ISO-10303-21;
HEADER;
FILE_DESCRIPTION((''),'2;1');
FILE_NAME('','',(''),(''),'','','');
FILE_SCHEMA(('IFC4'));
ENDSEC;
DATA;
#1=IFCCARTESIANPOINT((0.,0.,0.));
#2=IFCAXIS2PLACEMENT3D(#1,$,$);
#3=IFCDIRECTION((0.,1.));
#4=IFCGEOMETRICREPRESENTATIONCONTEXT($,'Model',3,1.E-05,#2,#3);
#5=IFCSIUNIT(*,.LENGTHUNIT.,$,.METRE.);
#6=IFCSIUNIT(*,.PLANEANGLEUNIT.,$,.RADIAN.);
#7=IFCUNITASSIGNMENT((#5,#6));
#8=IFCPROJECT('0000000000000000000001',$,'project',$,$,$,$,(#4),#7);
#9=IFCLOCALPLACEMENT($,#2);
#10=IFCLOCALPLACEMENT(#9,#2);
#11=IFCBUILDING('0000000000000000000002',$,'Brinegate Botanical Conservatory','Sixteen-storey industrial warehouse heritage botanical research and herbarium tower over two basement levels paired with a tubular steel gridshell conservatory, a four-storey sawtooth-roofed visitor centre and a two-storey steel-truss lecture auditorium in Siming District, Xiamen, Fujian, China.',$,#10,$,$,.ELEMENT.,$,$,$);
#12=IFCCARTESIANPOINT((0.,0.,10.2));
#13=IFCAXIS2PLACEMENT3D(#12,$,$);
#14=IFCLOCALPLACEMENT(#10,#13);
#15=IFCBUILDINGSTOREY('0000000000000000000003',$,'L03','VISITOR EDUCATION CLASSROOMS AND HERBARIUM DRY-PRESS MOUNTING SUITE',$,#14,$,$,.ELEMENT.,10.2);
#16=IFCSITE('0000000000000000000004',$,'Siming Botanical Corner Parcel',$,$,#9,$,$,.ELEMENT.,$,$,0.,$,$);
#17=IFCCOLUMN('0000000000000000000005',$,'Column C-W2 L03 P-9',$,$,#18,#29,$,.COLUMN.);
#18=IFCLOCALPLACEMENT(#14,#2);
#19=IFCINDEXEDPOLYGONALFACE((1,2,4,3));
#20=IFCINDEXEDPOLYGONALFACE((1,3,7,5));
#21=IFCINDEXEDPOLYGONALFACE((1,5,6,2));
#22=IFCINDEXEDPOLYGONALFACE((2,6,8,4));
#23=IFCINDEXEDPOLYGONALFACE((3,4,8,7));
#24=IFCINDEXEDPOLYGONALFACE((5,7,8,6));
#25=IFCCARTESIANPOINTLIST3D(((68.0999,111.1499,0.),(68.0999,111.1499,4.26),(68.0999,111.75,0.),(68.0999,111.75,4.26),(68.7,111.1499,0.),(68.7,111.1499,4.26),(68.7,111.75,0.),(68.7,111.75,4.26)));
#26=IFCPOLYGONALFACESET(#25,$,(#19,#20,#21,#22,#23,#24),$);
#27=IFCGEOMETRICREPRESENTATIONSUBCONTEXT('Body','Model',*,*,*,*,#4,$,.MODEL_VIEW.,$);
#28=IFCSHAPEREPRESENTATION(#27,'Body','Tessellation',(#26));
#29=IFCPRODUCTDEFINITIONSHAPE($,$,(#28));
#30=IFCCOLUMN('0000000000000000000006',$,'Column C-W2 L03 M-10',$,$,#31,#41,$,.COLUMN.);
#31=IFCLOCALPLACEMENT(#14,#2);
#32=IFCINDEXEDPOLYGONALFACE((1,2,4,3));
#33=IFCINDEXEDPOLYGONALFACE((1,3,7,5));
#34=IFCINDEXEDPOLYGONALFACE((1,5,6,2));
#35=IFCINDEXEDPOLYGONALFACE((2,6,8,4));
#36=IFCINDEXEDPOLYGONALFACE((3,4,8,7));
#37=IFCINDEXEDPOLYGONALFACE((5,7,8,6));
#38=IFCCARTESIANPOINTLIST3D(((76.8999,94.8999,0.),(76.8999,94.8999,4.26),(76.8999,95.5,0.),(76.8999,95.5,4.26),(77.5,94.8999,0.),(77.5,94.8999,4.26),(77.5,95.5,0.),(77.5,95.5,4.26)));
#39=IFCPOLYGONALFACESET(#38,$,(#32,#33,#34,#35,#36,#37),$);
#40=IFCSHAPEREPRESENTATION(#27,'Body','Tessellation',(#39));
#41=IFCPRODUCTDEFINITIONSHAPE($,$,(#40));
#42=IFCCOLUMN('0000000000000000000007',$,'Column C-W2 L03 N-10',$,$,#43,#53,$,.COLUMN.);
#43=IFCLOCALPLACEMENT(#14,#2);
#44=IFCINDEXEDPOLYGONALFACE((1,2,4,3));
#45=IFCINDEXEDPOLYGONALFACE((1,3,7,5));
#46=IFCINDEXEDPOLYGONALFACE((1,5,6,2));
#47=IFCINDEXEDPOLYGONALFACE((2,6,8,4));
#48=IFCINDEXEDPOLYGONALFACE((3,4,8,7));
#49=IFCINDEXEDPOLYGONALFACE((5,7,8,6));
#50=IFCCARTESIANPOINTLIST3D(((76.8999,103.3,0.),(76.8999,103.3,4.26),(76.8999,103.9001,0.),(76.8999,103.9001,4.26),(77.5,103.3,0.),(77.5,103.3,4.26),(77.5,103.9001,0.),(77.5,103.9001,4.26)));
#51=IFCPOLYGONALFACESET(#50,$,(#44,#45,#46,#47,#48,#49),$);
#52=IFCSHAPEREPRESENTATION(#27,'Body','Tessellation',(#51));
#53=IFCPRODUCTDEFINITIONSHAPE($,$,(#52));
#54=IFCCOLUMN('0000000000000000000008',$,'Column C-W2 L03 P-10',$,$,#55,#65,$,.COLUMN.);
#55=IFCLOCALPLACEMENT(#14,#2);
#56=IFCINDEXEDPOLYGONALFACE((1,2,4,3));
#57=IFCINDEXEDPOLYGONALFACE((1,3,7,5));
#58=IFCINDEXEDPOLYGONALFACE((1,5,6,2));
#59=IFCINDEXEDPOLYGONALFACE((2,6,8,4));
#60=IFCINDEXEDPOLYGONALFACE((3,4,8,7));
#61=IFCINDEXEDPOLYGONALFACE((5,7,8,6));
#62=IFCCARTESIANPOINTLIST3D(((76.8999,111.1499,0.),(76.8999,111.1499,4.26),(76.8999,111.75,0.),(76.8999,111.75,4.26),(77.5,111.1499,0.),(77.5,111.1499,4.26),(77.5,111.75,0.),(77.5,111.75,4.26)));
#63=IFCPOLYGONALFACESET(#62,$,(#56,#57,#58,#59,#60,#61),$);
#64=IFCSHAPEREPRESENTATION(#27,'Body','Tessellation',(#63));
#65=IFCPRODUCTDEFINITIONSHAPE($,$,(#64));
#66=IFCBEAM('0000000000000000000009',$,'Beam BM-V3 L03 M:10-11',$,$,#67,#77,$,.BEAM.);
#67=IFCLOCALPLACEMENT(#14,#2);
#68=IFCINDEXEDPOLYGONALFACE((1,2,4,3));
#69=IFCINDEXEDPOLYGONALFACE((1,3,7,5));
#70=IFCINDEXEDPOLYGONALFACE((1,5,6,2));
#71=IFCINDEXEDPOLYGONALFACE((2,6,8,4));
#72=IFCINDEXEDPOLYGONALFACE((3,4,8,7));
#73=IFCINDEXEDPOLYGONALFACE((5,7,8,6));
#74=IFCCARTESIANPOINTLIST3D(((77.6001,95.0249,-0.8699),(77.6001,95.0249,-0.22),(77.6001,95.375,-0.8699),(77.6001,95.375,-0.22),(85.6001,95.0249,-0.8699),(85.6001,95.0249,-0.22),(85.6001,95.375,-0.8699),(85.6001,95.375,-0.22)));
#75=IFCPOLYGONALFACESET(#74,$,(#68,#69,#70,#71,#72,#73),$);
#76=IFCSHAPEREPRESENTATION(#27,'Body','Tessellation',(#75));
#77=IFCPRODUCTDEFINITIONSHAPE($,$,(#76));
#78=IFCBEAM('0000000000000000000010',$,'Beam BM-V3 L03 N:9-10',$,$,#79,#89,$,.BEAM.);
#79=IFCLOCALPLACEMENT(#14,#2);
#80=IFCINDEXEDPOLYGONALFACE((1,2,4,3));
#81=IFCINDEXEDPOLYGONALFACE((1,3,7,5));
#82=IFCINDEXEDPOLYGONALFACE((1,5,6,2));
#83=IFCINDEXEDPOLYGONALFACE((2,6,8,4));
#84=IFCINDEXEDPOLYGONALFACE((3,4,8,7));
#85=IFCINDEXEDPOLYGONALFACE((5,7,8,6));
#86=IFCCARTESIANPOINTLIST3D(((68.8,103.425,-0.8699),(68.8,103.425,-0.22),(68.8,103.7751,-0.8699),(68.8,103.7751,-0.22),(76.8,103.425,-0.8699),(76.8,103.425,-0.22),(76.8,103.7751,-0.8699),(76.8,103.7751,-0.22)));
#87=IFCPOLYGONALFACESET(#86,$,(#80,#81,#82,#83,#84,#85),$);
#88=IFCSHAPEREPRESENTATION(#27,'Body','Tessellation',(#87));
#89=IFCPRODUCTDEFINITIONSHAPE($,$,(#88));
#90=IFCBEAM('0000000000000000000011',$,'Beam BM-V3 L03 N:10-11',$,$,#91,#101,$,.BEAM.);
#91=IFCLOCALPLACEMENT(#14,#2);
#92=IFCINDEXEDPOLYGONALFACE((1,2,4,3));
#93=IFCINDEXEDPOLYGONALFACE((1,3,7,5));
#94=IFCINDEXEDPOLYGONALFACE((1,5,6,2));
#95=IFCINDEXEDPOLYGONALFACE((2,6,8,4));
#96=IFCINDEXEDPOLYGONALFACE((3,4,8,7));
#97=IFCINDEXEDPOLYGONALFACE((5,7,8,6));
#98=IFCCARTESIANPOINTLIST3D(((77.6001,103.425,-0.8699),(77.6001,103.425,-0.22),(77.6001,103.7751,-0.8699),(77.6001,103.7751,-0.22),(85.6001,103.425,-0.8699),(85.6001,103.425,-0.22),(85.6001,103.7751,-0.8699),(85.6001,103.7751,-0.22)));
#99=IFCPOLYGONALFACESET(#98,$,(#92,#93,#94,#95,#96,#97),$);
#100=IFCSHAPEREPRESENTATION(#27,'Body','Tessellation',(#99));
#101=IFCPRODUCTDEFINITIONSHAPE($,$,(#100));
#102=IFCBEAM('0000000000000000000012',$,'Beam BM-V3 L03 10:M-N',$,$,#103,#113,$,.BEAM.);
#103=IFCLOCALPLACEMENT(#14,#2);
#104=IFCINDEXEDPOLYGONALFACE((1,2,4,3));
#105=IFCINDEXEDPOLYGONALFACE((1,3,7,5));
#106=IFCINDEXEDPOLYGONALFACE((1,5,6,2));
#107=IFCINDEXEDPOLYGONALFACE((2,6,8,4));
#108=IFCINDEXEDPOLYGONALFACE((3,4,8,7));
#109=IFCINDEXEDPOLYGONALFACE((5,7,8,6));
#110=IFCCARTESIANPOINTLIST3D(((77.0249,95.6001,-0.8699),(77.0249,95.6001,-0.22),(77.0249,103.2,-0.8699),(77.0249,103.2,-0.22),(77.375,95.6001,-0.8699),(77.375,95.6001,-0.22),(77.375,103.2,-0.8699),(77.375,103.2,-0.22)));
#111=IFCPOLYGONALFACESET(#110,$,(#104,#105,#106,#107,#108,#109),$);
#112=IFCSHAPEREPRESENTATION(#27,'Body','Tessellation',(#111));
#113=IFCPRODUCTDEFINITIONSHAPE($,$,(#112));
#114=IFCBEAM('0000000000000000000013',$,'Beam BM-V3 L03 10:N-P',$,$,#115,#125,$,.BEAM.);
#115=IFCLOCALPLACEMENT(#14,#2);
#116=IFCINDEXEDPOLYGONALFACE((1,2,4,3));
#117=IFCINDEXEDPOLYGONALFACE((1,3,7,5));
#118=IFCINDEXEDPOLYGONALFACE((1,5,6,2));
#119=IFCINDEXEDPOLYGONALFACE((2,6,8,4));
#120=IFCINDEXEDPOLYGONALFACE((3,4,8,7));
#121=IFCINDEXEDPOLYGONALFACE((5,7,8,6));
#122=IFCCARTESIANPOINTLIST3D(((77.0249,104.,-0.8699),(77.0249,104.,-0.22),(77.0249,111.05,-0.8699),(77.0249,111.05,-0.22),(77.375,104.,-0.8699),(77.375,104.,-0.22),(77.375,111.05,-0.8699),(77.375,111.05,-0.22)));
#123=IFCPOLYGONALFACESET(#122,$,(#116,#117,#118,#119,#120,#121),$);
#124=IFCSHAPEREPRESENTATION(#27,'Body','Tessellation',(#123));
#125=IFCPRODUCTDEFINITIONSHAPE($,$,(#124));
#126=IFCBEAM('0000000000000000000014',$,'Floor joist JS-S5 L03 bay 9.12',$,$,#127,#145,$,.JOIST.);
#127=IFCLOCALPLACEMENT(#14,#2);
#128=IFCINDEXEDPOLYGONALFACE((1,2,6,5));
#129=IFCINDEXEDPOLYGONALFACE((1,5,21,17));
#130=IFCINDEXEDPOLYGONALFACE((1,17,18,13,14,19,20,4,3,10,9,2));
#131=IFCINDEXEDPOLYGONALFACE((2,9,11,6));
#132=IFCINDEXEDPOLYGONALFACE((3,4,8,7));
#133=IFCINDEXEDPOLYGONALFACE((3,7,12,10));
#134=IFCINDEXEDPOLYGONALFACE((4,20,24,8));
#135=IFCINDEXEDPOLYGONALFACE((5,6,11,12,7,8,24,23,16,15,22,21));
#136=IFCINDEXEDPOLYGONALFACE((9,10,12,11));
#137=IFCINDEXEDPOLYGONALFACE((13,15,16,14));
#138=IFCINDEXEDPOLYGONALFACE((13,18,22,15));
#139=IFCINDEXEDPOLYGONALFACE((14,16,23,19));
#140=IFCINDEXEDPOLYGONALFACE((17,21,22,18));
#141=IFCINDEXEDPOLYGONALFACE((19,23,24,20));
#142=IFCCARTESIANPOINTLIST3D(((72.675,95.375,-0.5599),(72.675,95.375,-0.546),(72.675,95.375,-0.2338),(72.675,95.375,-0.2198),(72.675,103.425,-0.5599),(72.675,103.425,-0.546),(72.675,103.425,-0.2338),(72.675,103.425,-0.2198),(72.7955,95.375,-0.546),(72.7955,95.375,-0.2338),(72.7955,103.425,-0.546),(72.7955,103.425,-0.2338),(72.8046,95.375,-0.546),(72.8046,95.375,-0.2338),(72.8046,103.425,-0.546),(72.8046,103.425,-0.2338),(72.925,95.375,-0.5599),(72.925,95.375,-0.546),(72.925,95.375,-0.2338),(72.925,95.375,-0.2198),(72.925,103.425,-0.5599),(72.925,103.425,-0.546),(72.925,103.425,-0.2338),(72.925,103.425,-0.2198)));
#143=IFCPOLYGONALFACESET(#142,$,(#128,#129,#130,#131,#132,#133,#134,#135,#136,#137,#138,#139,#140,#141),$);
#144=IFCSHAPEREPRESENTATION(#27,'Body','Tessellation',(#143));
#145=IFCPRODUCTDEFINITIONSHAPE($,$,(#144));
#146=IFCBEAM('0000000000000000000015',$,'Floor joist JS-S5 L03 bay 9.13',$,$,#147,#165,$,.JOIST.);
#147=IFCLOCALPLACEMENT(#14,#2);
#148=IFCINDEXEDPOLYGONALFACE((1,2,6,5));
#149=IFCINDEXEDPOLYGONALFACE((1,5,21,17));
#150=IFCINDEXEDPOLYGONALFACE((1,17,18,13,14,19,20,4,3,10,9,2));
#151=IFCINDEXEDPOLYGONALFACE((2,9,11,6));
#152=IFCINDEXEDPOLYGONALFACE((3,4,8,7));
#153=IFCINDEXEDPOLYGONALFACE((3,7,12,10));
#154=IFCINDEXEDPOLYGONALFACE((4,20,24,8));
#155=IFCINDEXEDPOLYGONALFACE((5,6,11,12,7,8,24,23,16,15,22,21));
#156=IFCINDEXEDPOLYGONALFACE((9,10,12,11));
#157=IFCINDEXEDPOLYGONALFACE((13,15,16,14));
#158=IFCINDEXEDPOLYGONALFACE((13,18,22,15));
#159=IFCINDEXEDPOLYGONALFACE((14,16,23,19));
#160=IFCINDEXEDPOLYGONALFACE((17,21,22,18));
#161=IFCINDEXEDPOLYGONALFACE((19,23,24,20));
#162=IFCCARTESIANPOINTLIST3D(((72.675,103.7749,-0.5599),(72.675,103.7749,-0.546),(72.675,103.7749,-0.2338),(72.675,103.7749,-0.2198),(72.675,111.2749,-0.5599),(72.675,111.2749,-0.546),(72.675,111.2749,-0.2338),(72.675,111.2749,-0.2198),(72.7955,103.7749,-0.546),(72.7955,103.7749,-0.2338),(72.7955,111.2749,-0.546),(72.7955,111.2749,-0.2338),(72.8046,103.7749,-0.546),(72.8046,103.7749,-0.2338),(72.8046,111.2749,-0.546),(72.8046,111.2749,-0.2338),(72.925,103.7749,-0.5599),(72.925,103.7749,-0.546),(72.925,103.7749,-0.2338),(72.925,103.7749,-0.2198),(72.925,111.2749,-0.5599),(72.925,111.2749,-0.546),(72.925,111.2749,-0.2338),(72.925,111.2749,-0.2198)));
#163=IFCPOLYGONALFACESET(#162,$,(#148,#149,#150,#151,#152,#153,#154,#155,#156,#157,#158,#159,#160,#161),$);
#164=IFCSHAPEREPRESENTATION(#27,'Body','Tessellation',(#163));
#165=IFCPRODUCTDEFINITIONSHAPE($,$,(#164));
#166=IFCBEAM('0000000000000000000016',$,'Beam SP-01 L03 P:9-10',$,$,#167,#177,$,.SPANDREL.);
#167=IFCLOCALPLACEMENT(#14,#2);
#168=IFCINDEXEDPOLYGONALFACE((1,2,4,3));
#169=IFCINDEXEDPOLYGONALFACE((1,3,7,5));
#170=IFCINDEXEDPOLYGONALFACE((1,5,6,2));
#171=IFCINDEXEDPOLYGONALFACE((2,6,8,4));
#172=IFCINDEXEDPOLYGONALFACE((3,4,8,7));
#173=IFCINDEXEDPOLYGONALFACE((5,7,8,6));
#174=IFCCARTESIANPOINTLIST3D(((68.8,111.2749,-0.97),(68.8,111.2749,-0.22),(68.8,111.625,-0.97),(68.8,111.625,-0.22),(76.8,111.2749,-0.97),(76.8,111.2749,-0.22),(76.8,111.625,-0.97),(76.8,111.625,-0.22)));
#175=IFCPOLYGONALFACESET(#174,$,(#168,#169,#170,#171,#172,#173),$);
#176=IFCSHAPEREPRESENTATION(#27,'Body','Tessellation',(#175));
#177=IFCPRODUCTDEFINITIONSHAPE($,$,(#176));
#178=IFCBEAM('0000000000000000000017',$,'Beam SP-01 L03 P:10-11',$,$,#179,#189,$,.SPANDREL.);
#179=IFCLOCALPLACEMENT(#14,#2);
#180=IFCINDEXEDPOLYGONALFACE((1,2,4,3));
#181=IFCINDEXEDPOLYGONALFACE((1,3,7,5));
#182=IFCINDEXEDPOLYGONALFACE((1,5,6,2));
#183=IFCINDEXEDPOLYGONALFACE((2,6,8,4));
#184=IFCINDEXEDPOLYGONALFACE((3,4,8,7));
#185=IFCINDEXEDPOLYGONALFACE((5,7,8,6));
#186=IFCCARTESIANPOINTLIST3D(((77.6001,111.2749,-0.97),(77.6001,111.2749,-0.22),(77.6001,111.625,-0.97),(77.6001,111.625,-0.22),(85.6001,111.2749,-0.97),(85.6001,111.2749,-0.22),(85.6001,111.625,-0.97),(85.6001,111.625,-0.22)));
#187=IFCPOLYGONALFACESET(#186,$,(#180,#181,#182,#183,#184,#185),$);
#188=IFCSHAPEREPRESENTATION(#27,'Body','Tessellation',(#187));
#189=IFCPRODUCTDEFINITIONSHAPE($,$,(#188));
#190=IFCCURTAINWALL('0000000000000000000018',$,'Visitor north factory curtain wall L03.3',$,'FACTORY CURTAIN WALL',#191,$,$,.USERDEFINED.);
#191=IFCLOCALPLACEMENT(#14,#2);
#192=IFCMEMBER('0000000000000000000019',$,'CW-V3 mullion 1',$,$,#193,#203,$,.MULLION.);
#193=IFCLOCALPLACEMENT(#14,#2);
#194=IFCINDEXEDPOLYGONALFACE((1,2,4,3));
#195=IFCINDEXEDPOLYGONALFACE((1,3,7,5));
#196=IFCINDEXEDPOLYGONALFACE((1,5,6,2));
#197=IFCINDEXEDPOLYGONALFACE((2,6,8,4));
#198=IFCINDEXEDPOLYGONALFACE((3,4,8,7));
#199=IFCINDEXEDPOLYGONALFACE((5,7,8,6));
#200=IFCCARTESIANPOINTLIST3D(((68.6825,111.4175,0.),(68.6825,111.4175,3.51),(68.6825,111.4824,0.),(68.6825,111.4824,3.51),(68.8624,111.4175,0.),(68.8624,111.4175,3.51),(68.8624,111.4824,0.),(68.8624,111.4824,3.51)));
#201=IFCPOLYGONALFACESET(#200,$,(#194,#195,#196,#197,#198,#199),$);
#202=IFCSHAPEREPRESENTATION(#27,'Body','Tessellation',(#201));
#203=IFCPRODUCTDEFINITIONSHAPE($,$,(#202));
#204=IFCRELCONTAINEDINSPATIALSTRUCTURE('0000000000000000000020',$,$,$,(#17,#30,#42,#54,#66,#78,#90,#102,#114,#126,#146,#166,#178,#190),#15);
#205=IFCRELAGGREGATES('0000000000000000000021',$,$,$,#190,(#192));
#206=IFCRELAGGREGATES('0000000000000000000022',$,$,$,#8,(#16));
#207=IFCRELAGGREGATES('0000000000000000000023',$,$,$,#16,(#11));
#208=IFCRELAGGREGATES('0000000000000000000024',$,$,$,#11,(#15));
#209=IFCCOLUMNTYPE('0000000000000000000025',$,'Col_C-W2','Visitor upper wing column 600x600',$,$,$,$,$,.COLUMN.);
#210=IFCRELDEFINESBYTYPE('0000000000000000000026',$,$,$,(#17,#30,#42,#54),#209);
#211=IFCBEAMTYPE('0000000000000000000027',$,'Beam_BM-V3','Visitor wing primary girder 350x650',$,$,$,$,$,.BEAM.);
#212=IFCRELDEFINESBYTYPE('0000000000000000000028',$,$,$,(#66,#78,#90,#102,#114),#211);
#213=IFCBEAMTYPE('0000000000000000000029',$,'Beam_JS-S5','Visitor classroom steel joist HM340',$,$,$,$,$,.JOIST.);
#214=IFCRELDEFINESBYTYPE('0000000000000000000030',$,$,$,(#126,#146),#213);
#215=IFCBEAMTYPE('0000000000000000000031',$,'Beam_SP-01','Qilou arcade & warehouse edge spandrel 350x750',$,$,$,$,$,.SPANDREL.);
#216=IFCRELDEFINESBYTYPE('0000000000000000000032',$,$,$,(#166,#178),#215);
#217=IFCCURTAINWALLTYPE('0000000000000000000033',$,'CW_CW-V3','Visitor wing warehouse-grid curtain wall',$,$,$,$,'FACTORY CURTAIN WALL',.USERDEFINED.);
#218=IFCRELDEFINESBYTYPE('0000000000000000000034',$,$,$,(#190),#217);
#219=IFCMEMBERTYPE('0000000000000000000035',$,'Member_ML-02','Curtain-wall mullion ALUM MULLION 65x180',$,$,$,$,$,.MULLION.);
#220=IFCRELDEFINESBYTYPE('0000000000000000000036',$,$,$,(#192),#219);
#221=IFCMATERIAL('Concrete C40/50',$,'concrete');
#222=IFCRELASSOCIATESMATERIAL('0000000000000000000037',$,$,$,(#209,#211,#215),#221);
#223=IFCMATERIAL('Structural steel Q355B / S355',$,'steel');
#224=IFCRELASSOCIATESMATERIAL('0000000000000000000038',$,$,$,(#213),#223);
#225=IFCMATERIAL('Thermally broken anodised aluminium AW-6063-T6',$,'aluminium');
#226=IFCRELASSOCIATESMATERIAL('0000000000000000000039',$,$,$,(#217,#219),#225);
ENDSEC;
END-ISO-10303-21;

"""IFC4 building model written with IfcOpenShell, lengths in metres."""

from ifc_helpers import new_model, si_unit, direction, frame, origin, origin_2d, place, context, subcontext, project, spatial, rectangle, i_section, extrude, material, material_profile, profile_set, type_object, element, aggregate, save


model = new_model("IFC4")

# Units and contexts
model_context = context("Model", 3, precision=1e-05, world=origin(), true_north=direction((0.0, 1.0)))
body_context = subcontext(model_context, "Body", "Model", "MODEL_VIEW")
ifc_project = project(units=[si_unit("LENGTHUNIT", "METRE"), si_unit("PLANEANGLEUNIT", "RADIAN")], contexts=[model_context])

# Site, building, storey
site_placement = place(None, origin())
site = spatial("IfcSite", under=ifc_project, at=site_placement, Name="Siming Botanical Corner Parcel", CompositionType="ELEMENT", RefElevation=0.0)
building_placement = place(site_placement, origin())
building = spatial("IfcBuilding", under=site, at=building_placement, Name="Brinegate Botanical Conservatory", Description="Sixteen-storey industrial warehouse heritage botanical research and herbarium tower over two basement levels paired with a tubular steel gridshell conservatory, a four-storey sawtooth-roofed visitor centre and a two-storey steel-truss lecture auditorium in Siming District, Xiamen, Fujian, China.", CompositionType="ELEMENT")
storey_placement = place(building_placement, frame((0.0, 0.0, 10.2)))
storey = spatial("IfcBuildingStorey", under=building, at=storey_placement, Name="L03", Description="VISITOR EDUCATION CLASSROOMS AND HERBARIUM DRY-PRESS MOUNTING SUITE", CompositionType="ELEMENT", Elevation=10.2)

# Columns
ifc_material_1 = material(Name="Concrete C40/50", Category="concrete")
ifc_material_profile_1 = material_profile(ifc_material_1, rectangle(XDim=0.6001, YDim=0.6001, at=origin_2d()), Name="RC COL 600x600")
ifc_profile_set_1 = profile_set([ifc_material_profile_1], Name="Concrete C40/50")
column_type = type_object("IfcColumnType", Name="Col_C-W2", Description="Visitor upper wing column 600x600", PredefinedType="COLUMN", material=ifc_profile_set_1)
for number, where, z_axis, x_axis, name in (
    (1, (68.3999, 111.45, 0.0), (0.0, 0.0, 1.0), (1.0, 0.0, 0.0), "Column C-W2 L03 P-9"),
    (2, (77.2, 95.2, 0.0), (0.0, 0.0, 1.0), (1.0, 0.0, 0.0), "Column C-W2 L03 M-10"),
    (3, (77.2, 103.6001, 0.0), (0.0, 0.0, 1.0), (1.0, 0.0, 0.0), "Column C-W2 L03 N-10"),
    (4, (77.2, 111.45, 0.0), (0.0, 0.0, 1.0), (1.0, 0.0, 0.0), "Column C-W2 L03 P-10"),
):
    element("IfcColumn", number, at=place(storey_placement, frame(where, z_axis=z_axis, x_axis=x_axis)), inside=storey, type_object=column_type, Name=name, PredefinedType="COLUMN", context=body_context, shape_type="SweptSolid", body=[
        extrude(rectangle(XDim=0.6001, YDim=0.6001, at=origin_2d()), origin(), (0.0, 0.0, 1.0), 4.26),
    ])

# Beams
ifc_material_profile_2 = material_profile(ifc_material_1, rectangle(XDim=0.3501, YDim=0.6499, at=origin_2d()), Name="RC BM 350x650")
ifc_profile_set_2 = profile_set([ifc_material_profile_2], Name="Concrete C40/50")
beam_type_1 = type_object("IfcBeamType", Name="Beam_BM-V3", Description="Visitor wing primary girder 350x650", PredefinedType="BEAM", material=ifc_profile_set_2)
for number, where, z_axis, x_axis, name in (
    (5, (77.6001, 95.2, -0.5449), (1.0, 0.0, 0.0), (0.0, 1.0, 0.0), "Beam BM-V3 L03 M:10-11"),
    (6, (68.8, 103.6001, -0.5449), (1.0, 0.0, 0.0), (0.0, 1.0, 0.0), "Beam BM-V3 L03 N:9-10"),
    (7, (77.6001, 103.6001, -0.5449), (1.0, 0.0, 0.0), (0.0, 1.0, 0.0), "Beam BM-V3 L03 N:10-11"),
):
    element("IfcBeam", number, at=place(storey_placement, frame(where, z_axis=z_axis, x_axis=x_axis)), inside=storey, type_object=beam_type_1, Name=name, PredefinedType="BEAM", context=body_context, shape_type="SweptSolid", body=[
        extrude(rectangle(XDim=0.3501, YDim=0.6499, at=origin_2d()), origin(), (0.0, 0.0, 1.0), 8.0),
    ])
beam_1_placement = place(storey_placement, frame((77.2, 95.6001, -0.5449), z_axis=(0.0, 1.0, 0.0), x_axis=(-1.0, 0.0, 0.0)))
element("IfcBeam", 8, at=beam_1_placement, inside=storey, type_object=beam_type_1, Name="Beam BM-V3 L03 10:M-N", PredefinedType="BEAM", context=body_context, shape_type="SweptSolid", body=[
    extrude(rectangle(XDim=0.3501, YDim=0.6499, at=origin_2d()), origin(), (0.0, 0.0, 1.0), 7.5999),
])
beam_2_placement = place(storey_placement, frame((77.2, 104.0, -0.5449), z_axis=(0.0, 1.0, 0.0), x_axis=(-1.0, 0.0, 0.0)))
element("IfcBeam", 9, at=beam_2_placement, inside=storey, type_object=beam_type_1, Name="Beam BM-V3 L03 10:N-P", PredefinedType="BEAM", context=body_context, shape_type="SweptSolid", body=[
    extrude(rectangle(XDim=0.3501, YDim=0.6499, at=origin_2d()), origin(), (0.0, 0.0, 1.0), 7.05),
])
ifc_material_2 = material(Name="Structural steel Q355B / S355", Category="steel")
ifc_material_profile_3 = material_profile(ifc_material_2, i_section(OverallWidth=0.25, OverallDepth=0.3401, WebThickness=0.009, FlangeThickness=0.0139, at=origin_2d()), Name="HM 340x250x9x14")
ifc_profile_set_3 = profile_set([ifc_material_profile_3], Name="Structural steel Q355B / S355")
beam_type_2 = type_object("IfcBeamType", Name="Beam_JS-S5", Description="Visitor classroom steel joist HM340", PredefinedType="JOIST", material=ifc_profile_set_3)
beam_3_placement = place(storey_placement, frame((72.8, 95.375, -0.3899), z_axis=(0.0, 1.0, 0.0), x_axis=(-1.0, 0.0, 0.0)))
element("IfcBeam", 10, at=beam_3_placement, inside=storey, type_object=beam_type_2, Name="Floor joist JS-S5 L03 bay 9.12", PredefinedType="JOIST", context=body_context, shape_type="SweptSolid", body=[
    extrude(i_section(OverallWidth=0.25, OverallDepth=0.3401, WebThickness=0.009, FlangeThickness=0.0139, at=origin_2d()), origin(), (0.0, 0.0, 1.0), 8.05),
])
beam_4_placement = place(storey_placement, frame((72.8, 103.7749, -0.3899), z_axis=(0.0, 1.0, 0.0), x_axis=(-1.0, 0.0, 0.0)))
element("IfcBeam", 11, at=beam_4_placement, inside=storey, type_object=beam_type_2, Name="Floor joist JS-S5 L03 bay 9.13", PredefinedType="JOIST", context=body_context, shape_type="SweptSolid", body=[
    extrude(i_section(OverallWidth=0.25, OverallDepth=0.3401, WebThickness=0.009, FlangeThickness=0.0139, at=origin_2d()), origin(), (0.0, 0.0, 1.0), 7.5),
])
ifc_material_profile_4 = material_profile(ifc_material_1, rectangle(XDim=0.3501, YDim=0.75, at=origin_2d()), Name="RC SPN 350x750")
ifc_profile_set_4 = profile_set([ifc_material_profile_4], Name="Concrete C40/50")
beam_type_3 = type_object("IfcBeamType", Name="Beam_SP-01", Description="Qilou arcade & warehouse edge spandrel 350x750", PredefinedType="SPANDREL", material=ifc_profile_set_4)
for number, where, z_axis, x_axis, name in (
    (12, (68.8, 111.45, -0.595), (1.0, 0.0, 0.0), (0.0, 1.0, 0.0), "Beam SP-01 L03 P:9-10"),
    (13, (77.6001, 111.45, -0.595), (1.0, 0.0, 0.0), (0.0, 1.0, 0.0), "Beam SP-01 L03 P:10-11"),
):
    element("IfcBeam", number, at=place(storey_placement, frame(where, z_axis=z_axis, x_axis=x_axis)), inside=storey, type_object=beam_type_3, Name=name, PredefinedType="SPANDREL", context=body_context, shape_type="SweptSolid", body=[
        extrude(rectangle(XDim=0.3501, YDim=0.75, at=origin_2d()), origin(), (0.0, 0.0, 1.0), 8.0),
    ])

# Curtain wall, member
ifc_material_3 = material(Name="Thermally broken anodised aluminium AW-6063-T6", Category="aluminium")
curtain_wall_type = type_object("IfcCurtainWallType", Name="CW_CW-V3", Description="Visitor wing warehouse-grid curtain wall", ElementType="FACTORY CURTAIN WALL", PredefinedType="USERDEFINED", material=ifc_material_3)
curtain_wall_placement = place(storey_placement, origin())
curtain_wall = element("IfcCurtainWall", 14, at=curtain_wall_placement, inside=storey, type_object=curtain_wall_type, Name="Visitor north factory curtain wall L03.3", ObjectType="FACTORY CURTAIN WALL", PredefinedType="USERDEFINED")
ifc_material_profile_5 = material_profile(ifc_material_3, rectangle(XDim=0.0649, YDim=0.1799, at=origin_2d()), Name="ALUM MULLION 65x180")
ifc_profile_set_5 = profile_set([ifc_material_profile_5], Name="Thermally broken anodised aluminium AW-6063-T6")
member_type_1 = type_object("IfcMemberType", Name="Member_ML-02", Description="Curtain-wall mullion ALUM MULLION 65x180", PredefinedType="MULLION", material=ifc_profile_set_5)
member_1_placement = place(storey_placement, frame((68.7725, 111.45, 0.0), z_axis=(0.0, 0.0, 1.0), x_axis=(0.0, 1.0, 0.0)))
member_1 = element("IfcMember", 15, at=member_1_placement, type_object=member_type_1, Name="CW-V3 mullion 1", PredefinedType="MULLION", context=body_context, shape_type="SweptSolid", body=[
    extrude(rectangle(XDim=0.0649, YDim=0.1799, at=origin_2d()), origin(), (0.0, 0.0, 1.0), 3.51),
])
aggregate(curtain_wall, [member_1])

save(model, "model.ifc")
